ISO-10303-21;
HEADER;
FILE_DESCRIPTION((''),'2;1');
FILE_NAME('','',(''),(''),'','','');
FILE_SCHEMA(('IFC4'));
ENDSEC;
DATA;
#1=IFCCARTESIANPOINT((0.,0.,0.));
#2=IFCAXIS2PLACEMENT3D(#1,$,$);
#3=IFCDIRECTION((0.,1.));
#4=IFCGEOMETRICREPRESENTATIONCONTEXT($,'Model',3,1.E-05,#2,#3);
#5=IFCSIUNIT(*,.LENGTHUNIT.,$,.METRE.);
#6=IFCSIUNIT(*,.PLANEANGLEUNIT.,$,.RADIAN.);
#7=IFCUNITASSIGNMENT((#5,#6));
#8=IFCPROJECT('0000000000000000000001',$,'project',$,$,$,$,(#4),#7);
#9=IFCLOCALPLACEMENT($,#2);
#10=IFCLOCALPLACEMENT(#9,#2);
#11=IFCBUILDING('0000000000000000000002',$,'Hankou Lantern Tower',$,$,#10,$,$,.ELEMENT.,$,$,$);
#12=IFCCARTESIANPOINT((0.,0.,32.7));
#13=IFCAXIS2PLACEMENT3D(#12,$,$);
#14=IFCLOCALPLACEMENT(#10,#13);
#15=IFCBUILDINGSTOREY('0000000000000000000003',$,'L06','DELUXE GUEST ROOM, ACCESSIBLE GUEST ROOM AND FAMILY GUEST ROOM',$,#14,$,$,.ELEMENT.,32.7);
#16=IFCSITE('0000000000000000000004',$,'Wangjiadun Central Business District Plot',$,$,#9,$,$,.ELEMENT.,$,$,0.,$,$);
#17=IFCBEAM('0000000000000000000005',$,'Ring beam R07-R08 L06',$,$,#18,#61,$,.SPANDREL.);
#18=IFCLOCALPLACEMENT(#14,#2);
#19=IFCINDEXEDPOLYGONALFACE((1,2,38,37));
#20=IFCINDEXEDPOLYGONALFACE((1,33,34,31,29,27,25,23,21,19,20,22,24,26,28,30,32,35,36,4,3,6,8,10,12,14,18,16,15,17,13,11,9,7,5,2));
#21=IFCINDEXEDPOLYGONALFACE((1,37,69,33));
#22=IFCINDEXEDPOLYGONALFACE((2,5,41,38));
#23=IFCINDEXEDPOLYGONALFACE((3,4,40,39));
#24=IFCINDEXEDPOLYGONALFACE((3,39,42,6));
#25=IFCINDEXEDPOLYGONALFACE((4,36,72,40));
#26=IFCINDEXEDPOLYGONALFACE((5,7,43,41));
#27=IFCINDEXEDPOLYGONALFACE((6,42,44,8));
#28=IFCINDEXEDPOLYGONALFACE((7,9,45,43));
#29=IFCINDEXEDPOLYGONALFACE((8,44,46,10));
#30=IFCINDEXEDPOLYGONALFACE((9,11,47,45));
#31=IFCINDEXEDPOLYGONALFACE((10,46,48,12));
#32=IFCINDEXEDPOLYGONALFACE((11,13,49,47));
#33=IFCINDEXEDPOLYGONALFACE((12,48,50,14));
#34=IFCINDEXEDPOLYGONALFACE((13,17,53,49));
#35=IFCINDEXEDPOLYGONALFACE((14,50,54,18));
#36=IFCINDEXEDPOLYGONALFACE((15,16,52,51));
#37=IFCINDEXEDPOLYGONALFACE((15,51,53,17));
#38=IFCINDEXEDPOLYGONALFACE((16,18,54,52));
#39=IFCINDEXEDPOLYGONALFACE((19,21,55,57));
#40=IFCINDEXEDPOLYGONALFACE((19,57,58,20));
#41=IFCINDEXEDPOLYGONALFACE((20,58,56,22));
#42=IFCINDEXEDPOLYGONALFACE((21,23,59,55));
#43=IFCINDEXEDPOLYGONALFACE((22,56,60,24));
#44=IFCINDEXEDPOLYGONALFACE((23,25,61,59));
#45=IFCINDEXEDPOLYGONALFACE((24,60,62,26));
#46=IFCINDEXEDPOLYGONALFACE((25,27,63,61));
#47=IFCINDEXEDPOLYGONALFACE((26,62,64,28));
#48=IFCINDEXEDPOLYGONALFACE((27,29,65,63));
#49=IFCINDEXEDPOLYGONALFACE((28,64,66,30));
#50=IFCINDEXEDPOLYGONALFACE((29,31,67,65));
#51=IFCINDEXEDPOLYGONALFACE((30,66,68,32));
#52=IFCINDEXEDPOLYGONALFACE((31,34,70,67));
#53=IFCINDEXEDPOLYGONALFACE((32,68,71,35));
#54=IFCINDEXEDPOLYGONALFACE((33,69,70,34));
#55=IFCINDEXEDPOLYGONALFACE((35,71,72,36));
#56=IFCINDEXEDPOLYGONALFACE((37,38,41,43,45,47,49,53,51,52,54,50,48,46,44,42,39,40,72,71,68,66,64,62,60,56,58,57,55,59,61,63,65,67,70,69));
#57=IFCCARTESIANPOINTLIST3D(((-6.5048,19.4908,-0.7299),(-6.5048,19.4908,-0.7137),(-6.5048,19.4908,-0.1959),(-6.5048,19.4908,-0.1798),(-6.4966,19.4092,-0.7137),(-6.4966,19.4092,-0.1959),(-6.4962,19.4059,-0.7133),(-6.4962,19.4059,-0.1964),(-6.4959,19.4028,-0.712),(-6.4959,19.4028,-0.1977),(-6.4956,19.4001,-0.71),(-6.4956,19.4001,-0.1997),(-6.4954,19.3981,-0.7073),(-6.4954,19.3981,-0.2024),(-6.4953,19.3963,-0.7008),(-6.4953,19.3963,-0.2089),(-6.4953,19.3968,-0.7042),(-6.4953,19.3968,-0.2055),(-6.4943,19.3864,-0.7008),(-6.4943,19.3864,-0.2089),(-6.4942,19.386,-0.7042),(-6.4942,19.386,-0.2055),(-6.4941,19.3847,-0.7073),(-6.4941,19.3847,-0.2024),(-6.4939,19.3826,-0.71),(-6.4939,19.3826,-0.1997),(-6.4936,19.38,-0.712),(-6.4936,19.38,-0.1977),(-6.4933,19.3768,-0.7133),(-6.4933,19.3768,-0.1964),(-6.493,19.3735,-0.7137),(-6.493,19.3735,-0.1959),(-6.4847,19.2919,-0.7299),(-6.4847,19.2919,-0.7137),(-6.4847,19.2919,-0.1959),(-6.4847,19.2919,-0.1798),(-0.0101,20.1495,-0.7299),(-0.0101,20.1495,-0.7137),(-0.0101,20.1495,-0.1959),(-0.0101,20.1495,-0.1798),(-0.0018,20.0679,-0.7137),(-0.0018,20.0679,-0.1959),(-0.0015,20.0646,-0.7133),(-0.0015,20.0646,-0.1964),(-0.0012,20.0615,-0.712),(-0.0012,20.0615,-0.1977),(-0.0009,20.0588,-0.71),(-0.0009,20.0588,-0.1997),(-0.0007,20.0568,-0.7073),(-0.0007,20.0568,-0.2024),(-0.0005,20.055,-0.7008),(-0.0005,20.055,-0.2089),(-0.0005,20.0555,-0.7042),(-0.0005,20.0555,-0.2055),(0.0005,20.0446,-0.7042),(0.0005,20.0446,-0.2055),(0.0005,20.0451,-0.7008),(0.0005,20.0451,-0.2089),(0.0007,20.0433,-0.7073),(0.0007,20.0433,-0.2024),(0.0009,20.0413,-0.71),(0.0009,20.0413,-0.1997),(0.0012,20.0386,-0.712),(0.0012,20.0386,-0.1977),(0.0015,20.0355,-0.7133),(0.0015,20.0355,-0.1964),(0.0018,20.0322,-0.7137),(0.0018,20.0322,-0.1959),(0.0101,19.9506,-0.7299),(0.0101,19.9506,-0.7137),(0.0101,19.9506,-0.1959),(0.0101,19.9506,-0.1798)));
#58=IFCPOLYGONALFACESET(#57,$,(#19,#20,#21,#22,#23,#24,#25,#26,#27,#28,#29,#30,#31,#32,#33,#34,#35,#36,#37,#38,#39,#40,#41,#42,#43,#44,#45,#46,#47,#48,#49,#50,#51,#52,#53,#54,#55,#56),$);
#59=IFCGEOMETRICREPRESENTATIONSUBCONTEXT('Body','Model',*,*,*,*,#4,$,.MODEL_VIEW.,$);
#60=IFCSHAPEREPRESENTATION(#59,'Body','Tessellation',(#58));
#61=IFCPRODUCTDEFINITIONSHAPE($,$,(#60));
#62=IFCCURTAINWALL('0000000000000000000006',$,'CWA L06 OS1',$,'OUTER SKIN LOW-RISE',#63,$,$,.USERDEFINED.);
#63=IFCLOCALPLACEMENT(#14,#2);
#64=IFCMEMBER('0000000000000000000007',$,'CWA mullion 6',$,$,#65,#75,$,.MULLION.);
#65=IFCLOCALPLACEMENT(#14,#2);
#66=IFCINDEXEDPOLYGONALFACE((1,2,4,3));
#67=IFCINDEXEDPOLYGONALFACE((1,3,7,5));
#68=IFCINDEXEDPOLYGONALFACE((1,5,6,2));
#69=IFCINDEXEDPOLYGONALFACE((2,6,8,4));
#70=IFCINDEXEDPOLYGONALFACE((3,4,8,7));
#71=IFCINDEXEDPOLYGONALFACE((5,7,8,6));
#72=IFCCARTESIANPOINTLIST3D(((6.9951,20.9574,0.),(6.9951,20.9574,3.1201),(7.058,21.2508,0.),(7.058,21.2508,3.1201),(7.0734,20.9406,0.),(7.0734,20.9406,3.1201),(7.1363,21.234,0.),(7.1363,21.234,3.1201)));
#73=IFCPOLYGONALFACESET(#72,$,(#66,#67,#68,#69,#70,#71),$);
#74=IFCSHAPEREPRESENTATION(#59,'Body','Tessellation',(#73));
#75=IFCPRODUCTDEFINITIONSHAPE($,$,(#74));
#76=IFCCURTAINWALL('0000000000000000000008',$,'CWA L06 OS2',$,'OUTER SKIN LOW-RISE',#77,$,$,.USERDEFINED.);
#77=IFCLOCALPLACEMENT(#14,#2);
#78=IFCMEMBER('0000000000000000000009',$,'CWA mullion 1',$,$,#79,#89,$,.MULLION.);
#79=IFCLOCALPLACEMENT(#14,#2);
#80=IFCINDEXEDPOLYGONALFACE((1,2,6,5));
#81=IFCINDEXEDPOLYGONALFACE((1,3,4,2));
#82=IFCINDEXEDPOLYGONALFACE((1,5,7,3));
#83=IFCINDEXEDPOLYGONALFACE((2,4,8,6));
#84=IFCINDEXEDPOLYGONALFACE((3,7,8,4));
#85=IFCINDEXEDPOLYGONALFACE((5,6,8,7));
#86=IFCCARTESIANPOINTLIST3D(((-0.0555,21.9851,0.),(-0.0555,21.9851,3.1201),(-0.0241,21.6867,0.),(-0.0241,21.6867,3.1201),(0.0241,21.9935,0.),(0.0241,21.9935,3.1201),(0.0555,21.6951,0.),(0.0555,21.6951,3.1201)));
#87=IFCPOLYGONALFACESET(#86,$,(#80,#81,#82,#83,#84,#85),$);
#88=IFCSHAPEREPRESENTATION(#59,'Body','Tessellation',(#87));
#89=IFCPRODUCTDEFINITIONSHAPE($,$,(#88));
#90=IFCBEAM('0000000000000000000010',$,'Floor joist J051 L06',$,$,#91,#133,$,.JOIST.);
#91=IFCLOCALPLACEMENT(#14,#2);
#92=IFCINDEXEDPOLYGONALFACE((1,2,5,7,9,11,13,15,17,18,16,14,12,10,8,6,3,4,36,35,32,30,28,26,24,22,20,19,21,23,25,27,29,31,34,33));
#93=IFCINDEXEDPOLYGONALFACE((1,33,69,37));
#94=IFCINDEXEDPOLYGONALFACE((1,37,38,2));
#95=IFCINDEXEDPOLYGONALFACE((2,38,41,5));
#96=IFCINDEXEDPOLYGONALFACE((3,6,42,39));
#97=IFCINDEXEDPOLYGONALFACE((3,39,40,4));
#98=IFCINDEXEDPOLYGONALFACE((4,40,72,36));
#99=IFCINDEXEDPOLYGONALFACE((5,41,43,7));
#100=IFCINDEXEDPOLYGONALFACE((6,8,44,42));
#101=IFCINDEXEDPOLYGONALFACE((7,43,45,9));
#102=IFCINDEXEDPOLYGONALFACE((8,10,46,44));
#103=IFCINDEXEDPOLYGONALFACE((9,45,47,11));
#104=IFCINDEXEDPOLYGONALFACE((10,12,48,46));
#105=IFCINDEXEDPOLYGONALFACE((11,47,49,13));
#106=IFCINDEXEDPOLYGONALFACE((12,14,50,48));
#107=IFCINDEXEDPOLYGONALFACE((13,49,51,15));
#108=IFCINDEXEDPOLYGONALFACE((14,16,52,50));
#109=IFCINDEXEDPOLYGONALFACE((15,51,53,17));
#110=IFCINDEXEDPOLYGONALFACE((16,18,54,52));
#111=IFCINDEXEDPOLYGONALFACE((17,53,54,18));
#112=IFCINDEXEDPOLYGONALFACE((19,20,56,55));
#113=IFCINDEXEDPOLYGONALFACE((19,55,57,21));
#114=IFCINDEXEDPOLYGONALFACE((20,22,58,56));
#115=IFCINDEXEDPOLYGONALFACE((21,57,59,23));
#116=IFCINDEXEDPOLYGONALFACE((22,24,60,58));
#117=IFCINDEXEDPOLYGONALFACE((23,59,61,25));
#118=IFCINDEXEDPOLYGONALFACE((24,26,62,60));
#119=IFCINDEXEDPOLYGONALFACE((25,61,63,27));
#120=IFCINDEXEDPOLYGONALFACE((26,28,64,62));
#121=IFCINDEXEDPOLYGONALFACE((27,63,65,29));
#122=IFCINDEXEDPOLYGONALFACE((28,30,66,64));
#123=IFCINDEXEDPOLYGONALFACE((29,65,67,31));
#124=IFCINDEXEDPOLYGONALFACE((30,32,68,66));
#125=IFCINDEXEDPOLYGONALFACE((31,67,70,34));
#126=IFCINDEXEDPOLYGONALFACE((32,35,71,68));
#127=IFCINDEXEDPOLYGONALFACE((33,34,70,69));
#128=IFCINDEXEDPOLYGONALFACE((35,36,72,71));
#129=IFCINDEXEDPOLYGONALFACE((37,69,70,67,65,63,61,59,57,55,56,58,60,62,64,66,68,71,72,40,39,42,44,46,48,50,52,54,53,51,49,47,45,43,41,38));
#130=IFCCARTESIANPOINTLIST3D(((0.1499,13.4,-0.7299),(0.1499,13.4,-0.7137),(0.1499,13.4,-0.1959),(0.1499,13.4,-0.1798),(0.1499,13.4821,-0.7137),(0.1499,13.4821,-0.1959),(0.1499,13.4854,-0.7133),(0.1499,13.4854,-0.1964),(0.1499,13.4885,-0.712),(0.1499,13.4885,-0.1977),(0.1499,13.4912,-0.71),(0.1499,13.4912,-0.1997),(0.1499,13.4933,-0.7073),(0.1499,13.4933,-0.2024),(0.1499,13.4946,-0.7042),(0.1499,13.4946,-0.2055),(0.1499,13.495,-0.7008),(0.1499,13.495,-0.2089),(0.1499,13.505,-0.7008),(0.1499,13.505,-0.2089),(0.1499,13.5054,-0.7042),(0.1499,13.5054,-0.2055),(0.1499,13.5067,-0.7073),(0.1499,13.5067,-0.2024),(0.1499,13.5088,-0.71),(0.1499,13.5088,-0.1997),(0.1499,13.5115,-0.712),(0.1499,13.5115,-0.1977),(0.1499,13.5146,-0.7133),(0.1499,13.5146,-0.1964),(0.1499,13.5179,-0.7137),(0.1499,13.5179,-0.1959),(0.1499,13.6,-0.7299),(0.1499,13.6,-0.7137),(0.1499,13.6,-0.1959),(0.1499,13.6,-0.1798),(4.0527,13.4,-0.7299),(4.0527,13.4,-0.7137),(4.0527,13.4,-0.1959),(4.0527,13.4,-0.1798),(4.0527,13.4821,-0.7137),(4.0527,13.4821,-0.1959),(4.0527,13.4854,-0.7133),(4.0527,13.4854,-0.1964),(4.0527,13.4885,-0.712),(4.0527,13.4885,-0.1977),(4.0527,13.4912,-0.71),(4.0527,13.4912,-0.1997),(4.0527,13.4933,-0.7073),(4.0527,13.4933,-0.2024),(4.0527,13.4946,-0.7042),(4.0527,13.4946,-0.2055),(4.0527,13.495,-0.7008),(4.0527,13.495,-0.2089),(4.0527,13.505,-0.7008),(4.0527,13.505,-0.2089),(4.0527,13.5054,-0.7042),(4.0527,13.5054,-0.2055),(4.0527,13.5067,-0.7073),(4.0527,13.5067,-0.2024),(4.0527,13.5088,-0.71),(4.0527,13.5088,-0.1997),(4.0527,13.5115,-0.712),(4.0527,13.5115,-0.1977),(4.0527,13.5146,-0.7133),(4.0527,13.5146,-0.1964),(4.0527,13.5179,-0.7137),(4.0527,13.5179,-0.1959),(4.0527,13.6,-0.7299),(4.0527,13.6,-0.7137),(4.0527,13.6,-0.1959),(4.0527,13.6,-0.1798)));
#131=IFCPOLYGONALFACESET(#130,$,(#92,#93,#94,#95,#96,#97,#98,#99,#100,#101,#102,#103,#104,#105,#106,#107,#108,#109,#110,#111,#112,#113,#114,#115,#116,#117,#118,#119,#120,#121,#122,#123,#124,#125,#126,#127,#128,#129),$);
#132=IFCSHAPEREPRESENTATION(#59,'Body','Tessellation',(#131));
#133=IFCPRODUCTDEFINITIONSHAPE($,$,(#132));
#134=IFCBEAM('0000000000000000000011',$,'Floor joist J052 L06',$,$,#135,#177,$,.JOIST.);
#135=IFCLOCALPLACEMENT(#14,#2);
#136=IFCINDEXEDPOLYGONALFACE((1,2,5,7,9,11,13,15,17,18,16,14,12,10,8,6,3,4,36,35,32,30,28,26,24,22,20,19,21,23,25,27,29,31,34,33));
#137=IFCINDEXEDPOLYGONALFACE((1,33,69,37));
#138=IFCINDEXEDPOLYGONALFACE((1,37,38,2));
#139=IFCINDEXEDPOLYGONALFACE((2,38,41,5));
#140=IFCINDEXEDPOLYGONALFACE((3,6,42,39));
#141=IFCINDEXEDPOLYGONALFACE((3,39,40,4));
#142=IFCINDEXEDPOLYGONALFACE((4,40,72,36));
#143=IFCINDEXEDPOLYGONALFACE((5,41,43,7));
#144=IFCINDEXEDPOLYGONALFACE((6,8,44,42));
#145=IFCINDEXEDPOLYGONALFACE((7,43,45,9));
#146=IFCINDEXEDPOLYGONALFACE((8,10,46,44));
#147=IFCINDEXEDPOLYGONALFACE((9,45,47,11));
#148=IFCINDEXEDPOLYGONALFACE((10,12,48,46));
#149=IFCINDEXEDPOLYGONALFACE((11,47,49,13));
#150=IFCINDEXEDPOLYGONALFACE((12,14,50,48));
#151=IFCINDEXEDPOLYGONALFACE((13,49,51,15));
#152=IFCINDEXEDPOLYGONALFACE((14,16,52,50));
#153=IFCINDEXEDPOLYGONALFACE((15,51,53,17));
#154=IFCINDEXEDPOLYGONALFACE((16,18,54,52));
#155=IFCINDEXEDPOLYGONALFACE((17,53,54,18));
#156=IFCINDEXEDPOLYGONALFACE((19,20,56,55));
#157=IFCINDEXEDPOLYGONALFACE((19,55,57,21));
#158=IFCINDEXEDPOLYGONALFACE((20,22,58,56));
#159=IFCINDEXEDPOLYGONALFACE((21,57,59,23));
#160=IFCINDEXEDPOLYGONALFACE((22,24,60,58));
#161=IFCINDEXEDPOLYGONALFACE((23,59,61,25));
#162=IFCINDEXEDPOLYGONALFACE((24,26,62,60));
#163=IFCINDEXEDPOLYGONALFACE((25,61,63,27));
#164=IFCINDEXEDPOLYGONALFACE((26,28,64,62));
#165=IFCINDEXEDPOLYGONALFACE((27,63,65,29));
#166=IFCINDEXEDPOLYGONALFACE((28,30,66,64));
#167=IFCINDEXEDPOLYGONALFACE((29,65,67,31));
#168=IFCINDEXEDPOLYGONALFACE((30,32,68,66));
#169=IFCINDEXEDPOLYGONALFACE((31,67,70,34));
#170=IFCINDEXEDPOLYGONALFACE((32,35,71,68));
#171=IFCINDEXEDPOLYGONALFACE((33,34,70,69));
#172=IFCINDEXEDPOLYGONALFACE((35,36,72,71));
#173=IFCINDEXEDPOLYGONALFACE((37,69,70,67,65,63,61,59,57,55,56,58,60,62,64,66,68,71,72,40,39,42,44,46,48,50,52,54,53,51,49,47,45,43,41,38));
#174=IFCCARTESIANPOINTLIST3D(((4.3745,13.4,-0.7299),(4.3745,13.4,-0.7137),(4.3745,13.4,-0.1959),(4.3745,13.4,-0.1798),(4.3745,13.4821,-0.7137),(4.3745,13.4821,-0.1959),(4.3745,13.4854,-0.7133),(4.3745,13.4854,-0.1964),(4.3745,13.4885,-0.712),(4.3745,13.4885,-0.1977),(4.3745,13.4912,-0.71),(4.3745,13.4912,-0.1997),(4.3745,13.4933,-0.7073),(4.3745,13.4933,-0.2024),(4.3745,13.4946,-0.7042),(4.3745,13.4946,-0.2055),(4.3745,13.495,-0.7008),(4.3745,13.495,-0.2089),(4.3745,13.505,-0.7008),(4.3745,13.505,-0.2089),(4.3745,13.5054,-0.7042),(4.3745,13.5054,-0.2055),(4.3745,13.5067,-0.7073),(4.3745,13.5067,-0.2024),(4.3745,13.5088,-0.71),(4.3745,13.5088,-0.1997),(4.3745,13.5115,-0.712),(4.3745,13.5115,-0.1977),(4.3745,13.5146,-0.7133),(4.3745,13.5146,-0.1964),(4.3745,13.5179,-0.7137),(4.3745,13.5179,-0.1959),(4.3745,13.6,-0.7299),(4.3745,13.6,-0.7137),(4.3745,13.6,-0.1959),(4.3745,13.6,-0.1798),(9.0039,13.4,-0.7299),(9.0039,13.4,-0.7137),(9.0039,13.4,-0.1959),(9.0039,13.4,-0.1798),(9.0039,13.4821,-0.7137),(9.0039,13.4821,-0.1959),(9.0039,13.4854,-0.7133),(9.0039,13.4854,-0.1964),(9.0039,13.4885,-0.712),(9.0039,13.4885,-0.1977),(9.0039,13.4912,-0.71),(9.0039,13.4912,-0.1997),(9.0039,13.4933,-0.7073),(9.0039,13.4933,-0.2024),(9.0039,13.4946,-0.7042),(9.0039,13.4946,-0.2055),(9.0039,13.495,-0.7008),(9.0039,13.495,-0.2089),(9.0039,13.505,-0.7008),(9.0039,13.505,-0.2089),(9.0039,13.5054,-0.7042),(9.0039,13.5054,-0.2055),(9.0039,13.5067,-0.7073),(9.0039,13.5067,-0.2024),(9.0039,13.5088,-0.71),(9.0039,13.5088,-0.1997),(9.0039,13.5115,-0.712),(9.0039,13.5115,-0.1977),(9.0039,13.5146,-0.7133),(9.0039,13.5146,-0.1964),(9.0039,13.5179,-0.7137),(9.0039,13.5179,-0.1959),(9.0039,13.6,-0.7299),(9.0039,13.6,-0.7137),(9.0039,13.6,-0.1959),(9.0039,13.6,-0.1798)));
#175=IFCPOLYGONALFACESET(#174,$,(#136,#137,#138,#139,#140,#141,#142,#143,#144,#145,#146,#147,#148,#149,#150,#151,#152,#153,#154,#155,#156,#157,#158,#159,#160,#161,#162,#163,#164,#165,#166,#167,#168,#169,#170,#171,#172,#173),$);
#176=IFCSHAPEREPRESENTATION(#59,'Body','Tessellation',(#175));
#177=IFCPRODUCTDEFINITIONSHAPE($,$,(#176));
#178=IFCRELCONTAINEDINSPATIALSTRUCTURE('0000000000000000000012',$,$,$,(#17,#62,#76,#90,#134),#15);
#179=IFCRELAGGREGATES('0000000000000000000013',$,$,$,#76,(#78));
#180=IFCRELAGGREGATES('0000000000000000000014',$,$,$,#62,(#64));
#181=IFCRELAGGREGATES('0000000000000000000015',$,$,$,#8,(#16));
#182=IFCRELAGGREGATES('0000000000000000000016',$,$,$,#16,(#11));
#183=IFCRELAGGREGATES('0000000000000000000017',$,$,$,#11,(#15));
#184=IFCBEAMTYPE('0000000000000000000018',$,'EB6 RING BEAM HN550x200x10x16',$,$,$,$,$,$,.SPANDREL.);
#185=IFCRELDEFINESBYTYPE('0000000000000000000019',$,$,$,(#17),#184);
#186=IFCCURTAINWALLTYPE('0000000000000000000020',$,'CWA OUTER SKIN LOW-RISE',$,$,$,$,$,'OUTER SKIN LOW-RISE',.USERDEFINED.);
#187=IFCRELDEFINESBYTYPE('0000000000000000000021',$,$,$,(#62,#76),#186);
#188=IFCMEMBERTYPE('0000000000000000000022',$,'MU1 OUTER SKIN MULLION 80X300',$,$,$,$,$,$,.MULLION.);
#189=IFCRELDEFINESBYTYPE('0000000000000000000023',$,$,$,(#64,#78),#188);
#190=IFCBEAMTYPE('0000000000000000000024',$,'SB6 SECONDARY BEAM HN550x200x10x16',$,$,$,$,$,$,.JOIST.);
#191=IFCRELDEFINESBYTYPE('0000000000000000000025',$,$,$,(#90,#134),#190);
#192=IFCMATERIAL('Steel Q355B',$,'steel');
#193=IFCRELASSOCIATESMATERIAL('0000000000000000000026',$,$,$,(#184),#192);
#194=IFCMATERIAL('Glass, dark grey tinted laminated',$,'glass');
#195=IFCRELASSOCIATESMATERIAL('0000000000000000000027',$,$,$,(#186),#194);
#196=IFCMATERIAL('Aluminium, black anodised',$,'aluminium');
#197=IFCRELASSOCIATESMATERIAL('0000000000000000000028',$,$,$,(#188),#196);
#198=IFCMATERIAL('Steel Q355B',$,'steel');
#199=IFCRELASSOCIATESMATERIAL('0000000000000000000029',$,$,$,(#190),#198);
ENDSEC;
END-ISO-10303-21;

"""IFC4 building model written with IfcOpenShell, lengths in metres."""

from ifc_helpers import new_model, si_unit, direction, frame, origin, origin_2d, place, context, subcontext, project, spatial, rectangle, i_section, extrude, material, material_profile, profile_set, type_object, element, aggregate, save


model = new_model("IFC4")

# Units and contexts
model_context = context("Model", 3, precision=1e-05, world=origin(), true_north=direction((0.0, 1.0)))
body_context = subcontext(model_context, "Body", "Model", "MODEL_VIEW")
ifc_project = project(units=[si_unit("LENGTHUNIT", "METRE"), si_unit("PLANEANGLEUNIT", "RADIAN")], contexts=[model_context])

# Site, building, storey
site_placement = place(None, origin())
site = spatial("IfcSite", under=ifc_project, at=site_placement, Name="Wangjiadun Central Business District Plot", CompositionType="ELEMENT", RefElevation=0.0)
building_placement = place(site_placement, origin())
building = spatial("IfcBuilding", under=site, at=building_placement, Name="Hankou Lantern Tower", CompositionType="ELEMENT")
storey_placement = place(building_placement, frame((0.0, 0.0, 32.7)))
storey = spatial("IfcBuildingStorey", under=building, at=storey_placement, Name="L06", Description="DELUXE GUEST ROOM, ACCESSIBLE GUEST ROOM AND FAMILY GUEST ROOM", CompositionType="ELEMENT", Elevation=32.7)

# Beam
ifc_material_1 = material(Name="Steel Q355B", Category="steel")
ifc_material_profile_1 = material_profile(ifc_material_1, i_section(OverallWidth=0.2, OverallDepth=0.55, WebThickness=0.01, FlangeThickness=0.0161, FilletRadius=0.0129, at=origin_2d()), Name="HN550x200x10x16")
ifc_profile_set_1 = profile_set([ifc_material_profile_1], Name="Steel Q355B")
beam_type_1 = type_object("IfcBeamType", Name="EB6 RING BEAM HN550x200x10x16", PredefinedType="SPANDREL", material=ifc_profile_set_1)
for number, where, z_axis, x_axis, name in (
    (1, (0.0, 20.05, -0.4548), (-0.994897, -0.1009, 0.0), (0.1009, -0.994897, 0.0), "Ring beam R07-R08 L06"),
):
    element("IfcBeam", number, at=place(storey_placement, frame(where, z_axis=z_axis, x_axis=x_axis)), inside=storey, type_object=beam_type_1, Name=name, PredefinedType="SPANDREL", context=body_context, shape_type="SweptSolid", body=[
        extrude(i_section(OverallWidth=0.2, OverallDepth=0.55, WebThickness=0.01, FlangeThickness=0.0161, FilletRadius=0.0129, at=origin_2d()), origin(), (0.0, 0.0, 1.0), 6.5281),
    ])

# Curtain walls, members
ifc_material_2 = material(Name="Glass, dark grey tinted laminated", Category="glass")
curtain_wall_type = type_object("IfcCurtainWallType", Name="CWA OUTER SKIN LOW-RISE", ElementType="OUTER SKIN LOW-RISE", PredefinedType="USERDEFINED", material=ifc_material_2)
curtain_wall_1_placement = place(storey_placement, origin())
curtain_wall_1 = element("IfcCurtainWall", 2, at=curtain_wall_1_placement, inside=storey, type_object=curtain_wall_type, Name="CWA L06 OS1", ObjectType="OUTER SKIN LOW-RISE", PredefinedType="USERDEFINED")
ifc_material_3 = material(Name="Aluminium, black anodised", Category="aluminium")
ifc_material_profile_2 = material_profile(ifc_material_3, rectangle(XDim=0.0801, YDim=0.3, at=origin_2d()), Name="MU1 80X300")
ifc_profile_set_2 = profile_set([ifc_material_profile_2], Name="Aluminium, black anodised")
member_type_1 = type_object("IfcMemberType", Name="MU1 OUTER SKIN MULLION 80X300", PredefinedType="MULLION", material=ifc_profile_set_2)
member_1_placement = place(storey_placement, frame((7.0657, 21.0957, 0.0), z_axis=(0.0, 0.0, 1.0), x_axis=(-0.977788, 0.209598, 0.0)))
member_1 = element("IfcMember", 3, at=member_1_placement, type_object=member_type_1, Name="CWA mullion 6", PredefinedType="MULLION", context=body_context, shape_type="SweptSolid", body=[
    extrude(rectangle(XDim=0.0801, YDim=0.3, at=origin_2d()), origin(), (0.0, 0.0, 1.0), 3.1201),
])
curtain_wall_2_placement = place(storey_placement, origin())
curtain_wall_2 = element("IfcCurtainWall", 4, at=curtain_wall_2_placement, inside=storey, type_object=curtain_wall_type, Name="CWA L06 OS2", ObjectType="OUTER SKIN LOW-RISE", PredefinedType="USERDEFINED")
member_2_placement = place(storey_placement, frame((0.0, 21.8401, 0.0), z_axis=(0.0, 0.0, 1.0), x_axis=(-0.994499, -0.104743, 0.0)))
member_2 = element("IfcMember", 5, at=member_2_placement, type_object=member_type_1, Name="CWA mullion 1", PredefinedType="MULLION", context=body_context, shape_type="SweptSolid", body=[
    extrude(rectangle(XDim=0.0801, YDim=0.3, at=origin_2d()), origin(), (0.0, 0.0, 1.0), 3.1201),
])
aggregate(curtain_wall_2, [member_2])

# Beams
ifc_material_4 = material(Name="Steel Q355B", Category="steel")
ifc_material_profile_3 = material_profile(ifc_material_4, i_section(OverallWidth=0.2, OverallDepth=0.55, WebThickness=0.01, FlangeThickness=0.0161, FilletRadius=0.0129, at=origin_2d()), Name="HN550x200x10x16")
ifc_profile_set_3 = profile_set([ifc_material_profile_3], Name="Steel Q355B")
beam_type_2 = type_object("IfcBeamType", Name="SB6 SECONDARY BEAM HN550x200x10x16", PredefinedType="JOIST", material=ifc_profile_set_3)
beam_1_placement = place(storey_placement, frame((0.1499, 13.5, -0.4548), z_axis=(1.0, 0.0, 0.0), x_axis=(0.0, 1.0, 0.0)))
element("IfcBeam", 6, at=beam_1_placement, inside=storey, type_object=beam_type_2, Name="Floor joist J051 L06", PredefinedType="JOIST", context=body_context, shape_type="SweptSolid", body=[
    extrude(i_section(OverallWidth=0.2, OverallDepth=0.55, WebThickness=0.01, FlangeThickness=0.0161, FilletRadius=0.0129, at=origin_2d()), origin(), (0.0, 0.0, 1.0), 3.9028),
])
beam_2_placement = place(storey_placement, frame((4.3745, 13.5, -0.4548), z_axis=(1.0, 0.0, 0.0), x_axis=(0.0, 1.0, 0.0)))
element("IfcBeam", 7, at=beam_2_placement, inside=storey, type_object=beam_type_2, Name="Floor joist J052 L06", PredefinedType="JOIST", context=body_context, shape_type="SweptSolid", body=[
    extrude(i_section(OverallWidth=0.2, OverallDepth=0.55, WebThickness=0.01, FlangeThickness=0.0161, FilletRadius=0.0129, at=origin_2d()), origin(), (0.0, 0.0, 1.0), 4.6294),
])

aggregate(curtain_wall_1, [member_1])

save(model, "model.ifc")
